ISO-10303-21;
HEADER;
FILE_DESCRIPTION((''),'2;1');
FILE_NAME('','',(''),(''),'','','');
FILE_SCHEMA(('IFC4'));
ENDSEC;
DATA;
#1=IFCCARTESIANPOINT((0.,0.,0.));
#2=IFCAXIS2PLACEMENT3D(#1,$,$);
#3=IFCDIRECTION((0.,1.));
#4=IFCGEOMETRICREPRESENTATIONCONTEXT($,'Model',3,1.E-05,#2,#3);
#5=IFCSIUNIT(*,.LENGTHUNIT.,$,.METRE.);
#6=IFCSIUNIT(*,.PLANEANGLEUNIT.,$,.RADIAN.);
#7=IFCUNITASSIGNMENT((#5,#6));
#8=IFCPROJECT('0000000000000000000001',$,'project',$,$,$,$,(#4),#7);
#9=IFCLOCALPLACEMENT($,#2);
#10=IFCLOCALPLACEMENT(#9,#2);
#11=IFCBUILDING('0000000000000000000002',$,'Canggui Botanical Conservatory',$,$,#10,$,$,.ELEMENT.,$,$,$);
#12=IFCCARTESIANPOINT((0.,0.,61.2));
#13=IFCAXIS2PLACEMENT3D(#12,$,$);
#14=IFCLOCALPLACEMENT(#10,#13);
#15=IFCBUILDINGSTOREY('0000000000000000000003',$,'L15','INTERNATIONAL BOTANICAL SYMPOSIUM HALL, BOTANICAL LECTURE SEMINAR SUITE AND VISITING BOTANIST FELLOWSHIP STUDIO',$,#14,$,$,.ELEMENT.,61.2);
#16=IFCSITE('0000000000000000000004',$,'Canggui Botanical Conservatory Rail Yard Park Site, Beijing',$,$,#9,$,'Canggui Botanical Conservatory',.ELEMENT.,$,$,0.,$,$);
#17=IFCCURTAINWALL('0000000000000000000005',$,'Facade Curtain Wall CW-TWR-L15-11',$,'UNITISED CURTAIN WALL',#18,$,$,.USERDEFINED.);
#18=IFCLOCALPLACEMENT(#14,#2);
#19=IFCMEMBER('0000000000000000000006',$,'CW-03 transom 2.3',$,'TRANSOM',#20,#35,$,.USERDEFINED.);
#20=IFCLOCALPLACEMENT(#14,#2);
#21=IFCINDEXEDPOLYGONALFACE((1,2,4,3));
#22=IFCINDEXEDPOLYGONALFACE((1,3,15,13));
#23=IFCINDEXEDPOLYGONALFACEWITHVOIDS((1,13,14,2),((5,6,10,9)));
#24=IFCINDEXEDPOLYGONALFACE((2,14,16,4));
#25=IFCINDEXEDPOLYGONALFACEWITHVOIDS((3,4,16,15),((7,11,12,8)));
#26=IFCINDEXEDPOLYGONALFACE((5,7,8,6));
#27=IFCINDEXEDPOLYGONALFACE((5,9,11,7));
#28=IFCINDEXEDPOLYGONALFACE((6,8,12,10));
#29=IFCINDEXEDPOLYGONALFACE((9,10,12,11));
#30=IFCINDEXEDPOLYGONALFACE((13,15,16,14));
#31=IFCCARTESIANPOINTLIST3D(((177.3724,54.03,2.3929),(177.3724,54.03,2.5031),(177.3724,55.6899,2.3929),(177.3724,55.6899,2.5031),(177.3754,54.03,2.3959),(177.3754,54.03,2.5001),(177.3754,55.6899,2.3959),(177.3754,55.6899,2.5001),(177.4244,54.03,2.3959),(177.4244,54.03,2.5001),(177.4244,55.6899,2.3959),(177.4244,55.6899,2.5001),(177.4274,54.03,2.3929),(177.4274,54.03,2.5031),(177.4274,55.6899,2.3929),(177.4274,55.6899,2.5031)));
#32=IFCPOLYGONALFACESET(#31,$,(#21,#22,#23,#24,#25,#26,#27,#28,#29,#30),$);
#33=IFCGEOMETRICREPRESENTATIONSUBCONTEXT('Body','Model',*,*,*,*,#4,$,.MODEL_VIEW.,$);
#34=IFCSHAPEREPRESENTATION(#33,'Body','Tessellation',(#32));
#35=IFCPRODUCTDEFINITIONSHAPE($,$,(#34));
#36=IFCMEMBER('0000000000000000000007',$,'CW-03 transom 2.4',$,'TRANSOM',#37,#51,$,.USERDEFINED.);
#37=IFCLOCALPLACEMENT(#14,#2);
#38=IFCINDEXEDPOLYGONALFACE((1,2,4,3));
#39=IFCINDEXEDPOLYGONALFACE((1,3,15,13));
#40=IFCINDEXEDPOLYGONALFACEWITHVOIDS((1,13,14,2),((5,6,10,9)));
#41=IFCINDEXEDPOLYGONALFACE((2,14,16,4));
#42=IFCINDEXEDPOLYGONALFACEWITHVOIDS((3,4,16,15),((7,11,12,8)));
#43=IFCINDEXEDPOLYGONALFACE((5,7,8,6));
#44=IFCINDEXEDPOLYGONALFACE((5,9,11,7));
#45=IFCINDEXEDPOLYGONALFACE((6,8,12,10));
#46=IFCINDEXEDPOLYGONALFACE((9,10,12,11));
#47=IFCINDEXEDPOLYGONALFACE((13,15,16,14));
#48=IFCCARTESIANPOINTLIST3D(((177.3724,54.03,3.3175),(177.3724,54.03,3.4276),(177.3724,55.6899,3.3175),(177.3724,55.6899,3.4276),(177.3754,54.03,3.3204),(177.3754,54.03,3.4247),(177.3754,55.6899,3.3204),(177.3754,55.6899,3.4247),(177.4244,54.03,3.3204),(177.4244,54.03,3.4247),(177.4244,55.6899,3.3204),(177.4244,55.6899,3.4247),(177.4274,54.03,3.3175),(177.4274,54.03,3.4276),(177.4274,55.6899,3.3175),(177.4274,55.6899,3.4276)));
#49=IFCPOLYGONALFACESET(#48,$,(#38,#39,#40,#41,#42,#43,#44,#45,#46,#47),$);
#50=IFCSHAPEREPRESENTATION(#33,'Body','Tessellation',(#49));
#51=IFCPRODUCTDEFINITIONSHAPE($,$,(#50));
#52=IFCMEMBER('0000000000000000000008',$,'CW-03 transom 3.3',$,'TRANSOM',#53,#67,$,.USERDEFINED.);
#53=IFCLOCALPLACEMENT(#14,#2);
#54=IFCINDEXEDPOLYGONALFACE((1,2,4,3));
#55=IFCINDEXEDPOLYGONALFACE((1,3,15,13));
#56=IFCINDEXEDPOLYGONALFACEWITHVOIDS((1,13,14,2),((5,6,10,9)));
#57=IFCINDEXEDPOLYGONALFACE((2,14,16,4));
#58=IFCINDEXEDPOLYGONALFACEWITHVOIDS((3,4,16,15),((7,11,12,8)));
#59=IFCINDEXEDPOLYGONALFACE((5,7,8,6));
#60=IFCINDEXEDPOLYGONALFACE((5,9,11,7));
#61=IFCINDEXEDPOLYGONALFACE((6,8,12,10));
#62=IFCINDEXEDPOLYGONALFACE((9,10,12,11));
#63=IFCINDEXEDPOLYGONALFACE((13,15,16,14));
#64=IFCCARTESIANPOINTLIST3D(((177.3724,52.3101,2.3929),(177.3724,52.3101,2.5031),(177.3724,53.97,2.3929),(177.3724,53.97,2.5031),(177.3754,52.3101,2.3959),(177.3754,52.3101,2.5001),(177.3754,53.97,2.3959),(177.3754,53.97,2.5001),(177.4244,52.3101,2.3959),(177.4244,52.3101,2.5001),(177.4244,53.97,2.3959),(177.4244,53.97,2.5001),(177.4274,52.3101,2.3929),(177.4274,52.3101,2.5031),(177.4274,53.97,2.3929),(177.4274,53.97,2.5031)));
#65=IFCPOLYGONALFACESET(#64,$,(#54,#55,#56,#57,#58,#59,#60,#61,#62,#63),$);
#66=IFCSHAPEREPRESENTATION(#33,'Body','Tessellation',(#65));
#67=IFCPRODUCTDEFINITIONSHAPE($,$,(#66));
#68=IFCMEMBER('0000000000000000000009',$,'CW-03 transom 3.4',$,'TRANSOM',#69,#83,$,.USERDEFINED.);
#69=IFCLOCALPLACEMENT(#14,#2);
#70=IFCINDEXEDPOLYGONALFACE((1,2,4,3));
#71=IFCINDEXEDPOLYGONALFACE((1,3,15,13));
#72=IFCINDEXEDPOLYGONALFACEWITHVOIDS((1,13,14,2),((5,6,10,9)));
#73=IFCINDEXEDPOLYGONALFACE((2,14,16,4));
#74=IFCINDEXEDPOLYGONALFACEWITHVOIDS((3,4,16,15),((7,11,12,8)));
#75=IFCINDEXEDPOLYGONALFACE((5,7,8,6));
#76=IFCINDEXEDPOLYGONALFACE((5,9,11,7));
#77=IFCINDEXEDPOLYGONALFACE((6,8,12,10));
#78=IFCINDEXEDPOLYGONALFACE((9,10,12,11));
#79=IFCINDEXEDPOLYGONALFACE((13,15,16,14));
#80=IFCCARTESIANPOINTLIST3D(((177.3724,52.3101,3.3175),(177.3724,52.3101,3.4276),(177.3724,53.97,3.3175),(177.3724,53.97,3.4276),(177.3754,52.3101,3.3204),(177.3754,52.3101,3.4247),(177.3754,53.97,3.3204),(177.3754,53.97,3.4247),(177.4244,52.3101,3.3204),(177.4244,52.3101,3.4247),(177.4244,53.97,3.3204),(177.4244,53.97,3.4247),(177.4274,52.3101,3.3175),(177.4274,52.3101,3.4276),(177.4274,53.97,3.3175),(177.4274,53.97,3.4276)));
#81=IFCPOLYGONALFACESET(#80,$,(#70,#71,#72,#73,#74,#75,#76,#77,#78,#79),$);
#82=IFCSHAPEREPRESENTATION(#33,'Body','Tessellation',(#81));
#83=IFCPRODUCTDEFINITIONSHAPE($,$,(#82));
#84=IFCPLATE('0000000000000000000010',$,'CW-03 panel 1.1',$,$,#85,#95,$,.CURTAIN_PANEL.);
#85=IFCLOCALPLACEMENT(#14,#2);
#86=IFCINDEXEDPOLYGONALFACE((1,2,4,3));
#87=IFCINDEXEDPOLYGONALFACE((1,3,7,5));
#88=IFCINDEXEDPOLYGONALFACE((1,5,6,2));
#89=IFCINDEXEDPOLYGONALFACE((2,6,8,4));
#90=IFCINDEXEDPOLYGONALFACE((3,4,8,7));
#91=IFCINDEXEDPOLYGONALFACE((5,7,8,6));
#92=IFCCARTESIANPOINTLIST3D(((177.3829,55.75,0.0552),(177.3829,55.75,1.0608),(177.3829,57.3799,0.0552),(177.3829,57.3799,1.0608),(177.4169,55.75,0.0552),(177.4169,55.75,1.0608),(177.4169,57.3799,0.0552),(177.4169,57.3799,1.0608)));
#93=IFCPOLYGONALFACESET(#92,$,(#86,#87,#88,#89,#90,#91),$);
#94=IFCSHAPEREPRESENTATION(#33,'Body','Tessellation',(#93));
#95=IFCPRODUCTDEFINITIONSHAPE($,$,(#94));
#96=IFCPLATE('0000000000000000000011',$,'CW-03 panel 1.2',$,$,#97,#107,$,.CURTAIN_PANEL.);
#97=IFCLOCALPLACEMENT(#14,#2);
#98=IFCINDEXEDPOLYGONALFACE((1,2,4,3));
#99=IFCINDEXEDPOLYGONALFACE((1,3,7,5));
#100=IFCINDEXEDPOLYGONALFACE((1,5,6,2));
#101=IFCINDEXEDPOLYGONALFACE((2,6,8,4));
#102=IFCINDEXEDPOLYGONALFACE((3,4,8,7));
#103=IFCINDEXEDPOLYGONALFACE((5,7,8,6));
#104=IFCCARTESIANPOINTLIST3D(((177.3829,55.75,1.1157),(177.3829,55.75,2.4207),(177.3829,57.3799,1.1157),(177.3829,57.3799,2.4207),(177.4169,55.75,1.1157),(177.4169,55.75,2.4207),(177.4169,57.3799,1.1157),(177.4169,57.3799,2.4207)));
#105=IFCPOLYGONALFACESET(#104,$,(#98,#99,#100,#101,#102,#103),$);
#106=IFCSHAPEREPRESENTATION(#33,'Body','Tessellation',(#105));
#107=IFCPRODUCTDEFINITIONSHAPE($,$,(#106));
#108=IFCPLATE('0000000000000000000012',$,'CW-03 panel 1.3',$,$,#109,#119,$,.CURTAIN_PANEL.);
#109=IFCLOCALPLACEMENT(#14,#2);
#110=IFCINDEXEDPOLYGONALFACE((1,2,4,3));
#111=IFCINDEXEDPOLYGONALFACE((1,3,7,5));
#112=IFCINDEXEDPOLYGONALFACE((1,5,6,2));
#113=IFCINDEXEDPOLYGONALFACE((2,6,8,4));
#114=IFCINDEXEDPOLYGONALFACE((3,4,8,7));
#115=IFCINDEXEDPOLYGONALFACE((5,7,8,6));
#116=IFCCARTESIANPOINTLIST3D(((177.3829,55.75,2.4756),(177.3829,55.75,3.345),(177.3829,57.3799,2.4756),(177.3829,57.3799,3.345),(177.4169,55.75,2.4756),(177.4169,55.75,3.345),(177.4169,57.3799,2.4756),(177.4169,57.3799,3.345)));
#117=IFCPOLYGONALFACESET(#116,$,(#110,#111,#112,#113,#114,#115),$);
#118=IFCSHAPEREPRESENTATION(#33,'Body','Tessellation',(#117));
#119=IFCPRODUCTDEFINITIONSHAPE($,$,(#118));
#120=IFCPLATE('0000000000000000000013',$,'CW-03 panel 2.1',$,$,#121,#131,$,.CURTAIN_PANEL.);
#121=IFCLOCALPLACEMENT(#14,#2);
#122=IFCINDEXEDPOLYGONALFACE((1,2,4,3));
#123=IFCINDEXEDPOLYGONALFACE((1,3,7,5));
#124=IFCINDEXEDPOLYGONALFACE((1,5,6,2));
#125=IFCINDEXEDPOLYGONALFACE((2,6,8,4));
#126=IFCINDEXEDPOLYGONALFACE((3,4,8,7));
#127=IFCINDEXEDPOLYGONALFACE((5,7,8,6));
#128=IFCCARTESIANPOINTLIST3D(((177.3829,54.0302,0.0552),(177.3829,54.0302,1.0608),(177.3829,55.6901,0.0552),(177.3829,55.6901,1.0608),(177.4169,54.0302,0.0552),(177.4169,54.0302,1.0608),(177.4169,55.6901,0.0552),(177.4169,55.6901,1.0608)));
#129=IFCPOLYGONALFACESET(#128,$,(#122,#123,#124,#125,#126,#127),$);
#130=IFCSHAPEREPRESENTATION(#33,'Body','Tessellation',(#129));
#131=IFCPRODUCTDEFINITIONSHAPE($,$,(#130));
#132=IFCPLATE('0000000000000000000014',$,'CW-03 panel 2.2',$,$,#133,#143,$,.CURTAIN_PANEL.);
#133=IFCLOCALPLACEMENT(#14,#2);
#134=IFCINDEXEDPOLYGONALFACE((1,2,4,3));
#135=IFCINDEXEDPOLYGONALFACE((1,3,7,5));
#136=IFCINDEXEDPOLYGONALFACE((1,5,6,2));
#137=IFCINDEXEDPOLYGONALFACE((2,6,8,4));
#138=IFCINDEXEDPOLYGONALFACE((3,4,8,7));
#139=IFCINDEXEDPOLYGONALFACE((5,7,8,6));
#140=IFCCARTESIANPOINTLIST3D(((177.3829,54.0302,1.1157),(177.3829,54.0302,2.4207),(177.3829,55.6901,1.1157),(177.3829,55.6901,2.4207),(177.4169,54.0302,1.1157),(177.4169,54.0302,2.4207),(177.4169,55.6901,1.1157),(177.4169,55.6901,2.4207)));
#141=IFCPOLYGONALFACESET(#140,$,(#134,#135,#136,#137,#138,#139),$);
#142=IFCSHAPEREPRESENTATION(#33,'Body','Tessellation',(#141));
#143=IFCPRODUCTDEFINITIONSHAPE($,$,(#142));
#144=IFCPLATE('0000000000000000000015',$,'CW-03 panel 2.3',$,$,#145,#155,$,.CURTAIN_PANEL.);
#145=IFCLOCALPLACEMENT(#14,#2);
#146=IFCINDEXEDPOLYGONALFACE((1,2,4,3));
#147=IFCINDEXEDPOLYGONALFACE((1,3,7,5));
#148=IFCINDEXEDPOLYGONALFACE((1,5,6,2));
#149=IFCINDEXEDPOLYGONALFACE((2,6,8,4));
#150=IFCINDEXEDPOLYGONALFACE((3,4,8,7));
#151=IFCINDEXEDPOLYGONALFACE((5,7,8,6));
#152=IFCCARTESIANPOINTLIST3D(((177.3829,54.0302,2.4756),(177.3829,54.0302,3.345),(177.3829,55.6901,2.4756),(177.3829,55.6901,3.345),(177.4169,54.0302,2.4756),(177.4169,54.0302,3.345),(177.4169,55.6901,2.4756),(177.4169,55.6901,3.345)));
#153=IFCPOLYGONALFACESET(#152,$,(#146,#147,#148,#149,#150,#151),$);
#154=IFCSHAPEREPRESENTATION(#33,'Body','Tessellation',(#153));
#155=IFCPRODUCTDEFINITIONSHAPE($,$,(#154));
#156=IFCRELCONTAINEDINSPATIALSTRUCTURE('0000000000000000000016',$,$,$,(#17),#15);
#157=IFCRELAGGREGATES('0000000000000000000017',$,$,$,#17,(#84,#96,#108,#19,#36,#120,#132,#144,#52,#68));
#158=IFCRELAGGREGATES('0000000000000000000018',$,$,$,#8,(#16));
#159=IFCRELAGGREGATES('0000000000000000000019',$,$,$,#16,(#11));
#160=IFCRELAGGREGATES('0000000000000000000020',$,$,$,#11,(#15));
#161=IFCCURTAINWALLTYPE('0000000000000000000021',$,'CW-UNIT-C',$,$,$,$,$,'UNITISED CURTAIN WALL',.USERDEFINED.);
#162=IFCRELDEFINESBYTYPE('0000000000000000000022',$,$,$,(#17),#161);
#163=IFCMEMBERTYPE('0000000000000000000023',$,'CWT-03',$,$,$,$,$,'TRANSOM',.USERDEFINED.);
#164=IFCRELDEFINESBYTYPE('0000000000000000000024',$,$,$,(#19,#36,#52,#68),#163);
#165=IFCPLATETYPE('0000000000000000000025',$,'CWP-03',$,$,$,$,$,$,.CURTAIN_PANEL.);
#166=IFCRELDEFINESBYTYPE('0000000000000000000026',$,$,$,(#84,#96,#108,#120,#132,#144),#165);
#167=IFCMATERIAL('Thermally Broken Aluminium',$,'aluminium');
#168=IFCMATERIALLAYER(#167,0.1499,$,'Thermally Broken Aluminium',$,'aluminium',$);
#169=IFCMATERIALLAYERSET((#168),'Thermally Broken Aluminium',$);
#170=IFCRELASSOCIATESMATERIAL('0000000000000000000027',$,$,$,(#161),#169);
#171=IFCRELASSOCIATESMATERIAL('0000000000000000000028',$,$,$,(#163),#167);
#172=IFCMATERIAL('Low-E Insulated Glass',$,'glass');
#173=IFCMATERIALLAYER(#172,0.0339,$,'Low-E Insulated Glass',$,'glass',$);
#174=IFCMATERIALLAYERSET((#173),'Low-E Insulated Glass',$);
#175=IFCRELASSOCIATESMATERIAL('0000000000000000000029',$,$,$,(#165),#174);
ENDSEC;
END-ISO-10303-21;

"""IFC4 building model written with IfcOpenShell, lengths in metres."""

from ifc_helpers import new_model, si_unit, direction, frame, origin, origin_2d, place, context, subcontext, project, spatial, rectangle, hollow_rectangle, extrude, material, layer, layer_set, material_profile, profile_set, type_object, element, aggregate, save


model = new_model("IFC4")

# Units and contexts
model_context = context("Model", 3, precision=1e-05, world=origin(), true_north=direction((0.0, 1.0)))
body_context = subcontext(model_context, "Body", "Model", "MODEL_VIEW")
ifc_project = project(units=[si_unit("LENGTHUNIT", "METRE"), si_unit("PLANEANGLEUNIT", "RADIAN")], contexts=[model_context])

# Site, building, storey
site_placement = place(None, origin())
site = spatial("IfcSite", under=ifc_project, at=site_placement, Name="Canggui Botanical Conservatory Rail Yard Park Site, Beijing", LongName="Canggui Botanical Conservatory", CompositionType="ELEMENT", RefElevation=0.0)
building_placement = place(site_placement, origin())
building = spatial("IfcBuilding", under=site, at=building_placement, Name="Canggui Botanical Conservatory", CompositionType="ELEMENT")
storey_placement = place(building_placement, frame((0.0, 0.0, 61.2)))
storey = spatial("IfcBuildingStorey", under=building, at=storey_placement, Name="L15", Description="INTERNATIONAL BOTANICAL SYMPOSIUM HALL, BOTANICAL LECTURE SEMINAR SUITE AND VISITING BOTANIST FELLOWSHIP STUDIO", CompositionType="ELEMENT", Elevation=61.2)

# Curtain wall, members, plates
ifc_material_1 = material(Name="Thermally Broken Aluminium", Category="aluminium")
ifc_layer_1 = layer(ifc_material_1, 0.1499, Name="Thermally Broken Aluminium", Category="aluminium")
ifc_layer_set_1 = layer_set([ifc_layer_1], Name="Thermally Broken Aluminium")
curtain_wall_type = type_object("IfcCurtainWallType", Name="CW-UNIT-C", ElementType="UNITISED CURTAIN WALL", PredefinedType="USERDEFINED", material=ifc_layer_set_1)
curtain_wall_placement = place(storey_placement, origin())
curtain_wall = element("IfcCurtainWall", 1, at=curtain_wall_placement, inside=storey, type_object=curtain_wall_type, Name="Facade Curtain Wall CW-TWR-L15-11", ObjectType="UNITISED CURTAIN WALL", PredefinedType="USERDEFINED")
ifc_material_profile_1 = material_profile(ifc_material_1, hollow_rectangle(XDim=0.0549, YDim=0.1101, WallThickness=0.0029, at=origin_2d()), Name="CWT 55x110x3")
ifc_profile_set_1 = profile_set([ifc_material_profile_1], Name="Thermally Broken Aluminium")
member_type_1 = type_object("IfcMemberType", Name="CWT-03", ElementType="TRANSOM", PredefinedType="USERDEFINED", material=ifc_profile_set_1)
member_1_placement = place(storey_placement, frame((177.3999, 55.6899, 2.448), z_axis=(0.0, -1.0, 0.0), x_axis=(1.0, 0.0, 0.0)))
member_1 = element("IfcMember", 2, at=member_1_placement, type_object=member_type_1, Name="CW-03 transom 2.3", ObjectType="TRANSOM", PredefinedType="USERDEFINED", context=body_context, shape_type="SweptSolid", body=[
    extrude(hollow_rectangle(XDim=0.0549, YDim=0.1101, WallThickness=0.0029, at=origin_2d()), origin(), (0.0, 0.0, 1.0), 1.6599),
])
member_2_placement = place(storey_placement, frame((177.3999, 55.6899, 3.3726), z_axis=(0.0, -1.0, 0.0), x_axis=(1.0, 0.0, 0.0)))
member_2 = element("IfcMember", 3, at=member_2_placement, type_object=member_type_1, Name="CW-03 transom 2.4", ObjectType="TRANSOM", PredefinedType="USERDEFINED", context=body_context, shape_type="SweptSolid", body=[
    extrude(hollow_rectangle(XDim=0.0549, YDim=0.1101, WallThickness=0.0029, at=origin_2d()), origin(), (0.0, 0.0, 1.0), 1.6599),
])
member_3_placement = place(storey_placement, frame((177.3999, 53.97, 2.448), z_axis=(0.0, -1.0, 0.0), x_axis=(1.0, 0.0, 0.0)))
member_3 = element("IfcMember", 4, at=member_3_placement, type_object=member_type_1, Name="CW-03 transom 3.3", ObjectType="TRANSOM", PredefinedType="USERDEFINED", context=body_context, shape_type="SweptSolid", body=[
    extrude(hollow_rectangle(XDim=0.0549, YDim=0.1101, WallThickness=0.0029, at=origin_2d()), origin(), (0.0, 0.0, 1.0), 1.6599),
])
member_4_placement = place(storey_placement, frame((177.3999, 53.97, 3.3726), z_axis=(0.0, -1.0, 0.0), x_axis=(1.0, 0.0, 0.0)))
member_4 = element("IfcMember", 5, at=member_4_placement, type_object=member_type_1, Name="CW-03 transom 3.4", ObjectType="TRANSOM", PredefinedType="USERDEFINED", context=body_context, shape_type="SweptSolid", body=[
    extrude(hollow_rectangle(XDim=0.0549, YDim=0.1101, WallThickness=0.0029, at=origin_2d()), origin(), (0.0, 0.0, 1.0), 1.6599),
])
ifc_material_2 = material(Name="Low-E Insulated Glass", Category="glass")
ifc_layer_2 = layer(ifc_material_2, 0.0339, Name="Low-E Insulated Glass", Category="glass")
ifc_layer_set_2 = layer_set([ifc_layer_2], Name="Low-E Insulated Glass")
plate_type = type_object("IfcPlateType", Name="CWP-03", PredefinedType="CURTAIN_PANEL", material=ifc_layer_set_2)
plate_1_placement = place(storey_placement, frame((177.3999, 56.5649, 0.0552), z_axis=(0.0, 0.0, 1.0), x_axis=(0.0, -1.0, 0.0)))
plate_1 = element("IfcPlate", 6, at=plate_1_placement, type_object=plate_type, Name="CW-03 panel 1.1", PredefinedType="CURTAIN_PANEL", context=body_context, shape_type="SweptSolid", body=[
    extrude(rectangle(XDim=1.6299, YDim=0.0339, at=origin_2d()), origin(), (0.0, 0.0, 1.0), 1.0056),
])
plate_2_placement = place(storey_placement, frame((177.3999, 56.5649, 1.1157), z_axis=(0.0, 0.0, 1.0), x_axis=(0.0, -1.0, 0.0)))
plate_2 = element("IfcPlate", 7, at=plate_2_placement, type_object=plate_type, Name="CW-03 panel 1.2", PredefinedType="CURTAIN_PANEL", context=body_context, shape_type="SweptSolid", body=[
    extrude(rectangle(XDim=1.6299, YDim=0.0339, at=origin_2d()), origin(), (0.0, 0.0, 1.0), 1.3049),
])
plate_3_placement = place(storey_placement, frame((177.3999, 56.5649, 2.4756), z_axis=(0.0, 0.0, 1.0), x_axis=(0.0, -1.0, 0.0)))
plate_3 = element("IfcPlate", 8, at=plate_3_placement, type_object=plate_type, Name="CW-03 panel 1.3", PredefinedType="CURTAIN_PANEL", context=body_context, shape_type="SweptSolid", body=[
    extrude(rectangle(XDim=1.6299, YDim=0.0339, at=origin_2d()), origin(), (0.0, 0.0, 1.0), 0.8694),
])
plate_4_placement = place(storey_placement, frame((177.3999, 54.8601, 0.0552), z_axis=(0.0, 0.0, 1.0), x_axis=(0.0, -1.0, 0.0)))
plate_4 = element("IfcPlate", 9, at=plate_4_placement, type_object=plate_type, Name="CW-03 panel 2.1", PredefinedType="CURTAIN_PANEL", context=body_context, shape_type="SweptSolid", body=[
    extrude(rectangle(XDim=1.6599, YDim=0.0339, at=origin_2d()), origin(), (0.0, 0.0, 1.0), 1.0056),
])
plate_5_placement = place(storey_placement, frame((177.3999, 54.8601, 1.1157), z_axis=(0.0, 0.0, 1.0), x_axis=(0.0, -1.0, 0.0)))
plate_5 = element("IfcPlate", 10, at=plate_5_placement, type_object=plate_type, Name="CW-03 panel 2.2", PredefinedType="CURTAIN_PANEL", context=body_context, shape_type="SweptSolid", body=[
    extrude(rectangle(XDim=1.6599, YDim=0.0339, at=origin_2d()), origin(), (0.0, 0.0, 1.0), 1.3049),
])
plate_6_placement = place(storey_placement, frame((177.3999, 54.8601, 2.4756), z_axis=(0.0, 0.0, 1.0), x_axis=(0.0, -1.0, 0.0)))
plate_6 = element("IfcPlate", 11, at=plate_6_placement, type_object=plate_type, Name="CW-03 panel 2.3", PredefinedType="CURTAIN_PANEL", context=body_context, shape_type="SweptSolid", body=[
    extrude(rectangle(XDim=1.6599, YDim=0.0339, at=origin_2d()), origin(), (0.0, 0.0, 1.0), 0.8694),
])
aggregate(curtain_wall, [plate_1, plate_2, plate_3, member_1, member_2, plate_4, plate_5, plate_6, member_3, member_4])

save(model, "model.ifc")
